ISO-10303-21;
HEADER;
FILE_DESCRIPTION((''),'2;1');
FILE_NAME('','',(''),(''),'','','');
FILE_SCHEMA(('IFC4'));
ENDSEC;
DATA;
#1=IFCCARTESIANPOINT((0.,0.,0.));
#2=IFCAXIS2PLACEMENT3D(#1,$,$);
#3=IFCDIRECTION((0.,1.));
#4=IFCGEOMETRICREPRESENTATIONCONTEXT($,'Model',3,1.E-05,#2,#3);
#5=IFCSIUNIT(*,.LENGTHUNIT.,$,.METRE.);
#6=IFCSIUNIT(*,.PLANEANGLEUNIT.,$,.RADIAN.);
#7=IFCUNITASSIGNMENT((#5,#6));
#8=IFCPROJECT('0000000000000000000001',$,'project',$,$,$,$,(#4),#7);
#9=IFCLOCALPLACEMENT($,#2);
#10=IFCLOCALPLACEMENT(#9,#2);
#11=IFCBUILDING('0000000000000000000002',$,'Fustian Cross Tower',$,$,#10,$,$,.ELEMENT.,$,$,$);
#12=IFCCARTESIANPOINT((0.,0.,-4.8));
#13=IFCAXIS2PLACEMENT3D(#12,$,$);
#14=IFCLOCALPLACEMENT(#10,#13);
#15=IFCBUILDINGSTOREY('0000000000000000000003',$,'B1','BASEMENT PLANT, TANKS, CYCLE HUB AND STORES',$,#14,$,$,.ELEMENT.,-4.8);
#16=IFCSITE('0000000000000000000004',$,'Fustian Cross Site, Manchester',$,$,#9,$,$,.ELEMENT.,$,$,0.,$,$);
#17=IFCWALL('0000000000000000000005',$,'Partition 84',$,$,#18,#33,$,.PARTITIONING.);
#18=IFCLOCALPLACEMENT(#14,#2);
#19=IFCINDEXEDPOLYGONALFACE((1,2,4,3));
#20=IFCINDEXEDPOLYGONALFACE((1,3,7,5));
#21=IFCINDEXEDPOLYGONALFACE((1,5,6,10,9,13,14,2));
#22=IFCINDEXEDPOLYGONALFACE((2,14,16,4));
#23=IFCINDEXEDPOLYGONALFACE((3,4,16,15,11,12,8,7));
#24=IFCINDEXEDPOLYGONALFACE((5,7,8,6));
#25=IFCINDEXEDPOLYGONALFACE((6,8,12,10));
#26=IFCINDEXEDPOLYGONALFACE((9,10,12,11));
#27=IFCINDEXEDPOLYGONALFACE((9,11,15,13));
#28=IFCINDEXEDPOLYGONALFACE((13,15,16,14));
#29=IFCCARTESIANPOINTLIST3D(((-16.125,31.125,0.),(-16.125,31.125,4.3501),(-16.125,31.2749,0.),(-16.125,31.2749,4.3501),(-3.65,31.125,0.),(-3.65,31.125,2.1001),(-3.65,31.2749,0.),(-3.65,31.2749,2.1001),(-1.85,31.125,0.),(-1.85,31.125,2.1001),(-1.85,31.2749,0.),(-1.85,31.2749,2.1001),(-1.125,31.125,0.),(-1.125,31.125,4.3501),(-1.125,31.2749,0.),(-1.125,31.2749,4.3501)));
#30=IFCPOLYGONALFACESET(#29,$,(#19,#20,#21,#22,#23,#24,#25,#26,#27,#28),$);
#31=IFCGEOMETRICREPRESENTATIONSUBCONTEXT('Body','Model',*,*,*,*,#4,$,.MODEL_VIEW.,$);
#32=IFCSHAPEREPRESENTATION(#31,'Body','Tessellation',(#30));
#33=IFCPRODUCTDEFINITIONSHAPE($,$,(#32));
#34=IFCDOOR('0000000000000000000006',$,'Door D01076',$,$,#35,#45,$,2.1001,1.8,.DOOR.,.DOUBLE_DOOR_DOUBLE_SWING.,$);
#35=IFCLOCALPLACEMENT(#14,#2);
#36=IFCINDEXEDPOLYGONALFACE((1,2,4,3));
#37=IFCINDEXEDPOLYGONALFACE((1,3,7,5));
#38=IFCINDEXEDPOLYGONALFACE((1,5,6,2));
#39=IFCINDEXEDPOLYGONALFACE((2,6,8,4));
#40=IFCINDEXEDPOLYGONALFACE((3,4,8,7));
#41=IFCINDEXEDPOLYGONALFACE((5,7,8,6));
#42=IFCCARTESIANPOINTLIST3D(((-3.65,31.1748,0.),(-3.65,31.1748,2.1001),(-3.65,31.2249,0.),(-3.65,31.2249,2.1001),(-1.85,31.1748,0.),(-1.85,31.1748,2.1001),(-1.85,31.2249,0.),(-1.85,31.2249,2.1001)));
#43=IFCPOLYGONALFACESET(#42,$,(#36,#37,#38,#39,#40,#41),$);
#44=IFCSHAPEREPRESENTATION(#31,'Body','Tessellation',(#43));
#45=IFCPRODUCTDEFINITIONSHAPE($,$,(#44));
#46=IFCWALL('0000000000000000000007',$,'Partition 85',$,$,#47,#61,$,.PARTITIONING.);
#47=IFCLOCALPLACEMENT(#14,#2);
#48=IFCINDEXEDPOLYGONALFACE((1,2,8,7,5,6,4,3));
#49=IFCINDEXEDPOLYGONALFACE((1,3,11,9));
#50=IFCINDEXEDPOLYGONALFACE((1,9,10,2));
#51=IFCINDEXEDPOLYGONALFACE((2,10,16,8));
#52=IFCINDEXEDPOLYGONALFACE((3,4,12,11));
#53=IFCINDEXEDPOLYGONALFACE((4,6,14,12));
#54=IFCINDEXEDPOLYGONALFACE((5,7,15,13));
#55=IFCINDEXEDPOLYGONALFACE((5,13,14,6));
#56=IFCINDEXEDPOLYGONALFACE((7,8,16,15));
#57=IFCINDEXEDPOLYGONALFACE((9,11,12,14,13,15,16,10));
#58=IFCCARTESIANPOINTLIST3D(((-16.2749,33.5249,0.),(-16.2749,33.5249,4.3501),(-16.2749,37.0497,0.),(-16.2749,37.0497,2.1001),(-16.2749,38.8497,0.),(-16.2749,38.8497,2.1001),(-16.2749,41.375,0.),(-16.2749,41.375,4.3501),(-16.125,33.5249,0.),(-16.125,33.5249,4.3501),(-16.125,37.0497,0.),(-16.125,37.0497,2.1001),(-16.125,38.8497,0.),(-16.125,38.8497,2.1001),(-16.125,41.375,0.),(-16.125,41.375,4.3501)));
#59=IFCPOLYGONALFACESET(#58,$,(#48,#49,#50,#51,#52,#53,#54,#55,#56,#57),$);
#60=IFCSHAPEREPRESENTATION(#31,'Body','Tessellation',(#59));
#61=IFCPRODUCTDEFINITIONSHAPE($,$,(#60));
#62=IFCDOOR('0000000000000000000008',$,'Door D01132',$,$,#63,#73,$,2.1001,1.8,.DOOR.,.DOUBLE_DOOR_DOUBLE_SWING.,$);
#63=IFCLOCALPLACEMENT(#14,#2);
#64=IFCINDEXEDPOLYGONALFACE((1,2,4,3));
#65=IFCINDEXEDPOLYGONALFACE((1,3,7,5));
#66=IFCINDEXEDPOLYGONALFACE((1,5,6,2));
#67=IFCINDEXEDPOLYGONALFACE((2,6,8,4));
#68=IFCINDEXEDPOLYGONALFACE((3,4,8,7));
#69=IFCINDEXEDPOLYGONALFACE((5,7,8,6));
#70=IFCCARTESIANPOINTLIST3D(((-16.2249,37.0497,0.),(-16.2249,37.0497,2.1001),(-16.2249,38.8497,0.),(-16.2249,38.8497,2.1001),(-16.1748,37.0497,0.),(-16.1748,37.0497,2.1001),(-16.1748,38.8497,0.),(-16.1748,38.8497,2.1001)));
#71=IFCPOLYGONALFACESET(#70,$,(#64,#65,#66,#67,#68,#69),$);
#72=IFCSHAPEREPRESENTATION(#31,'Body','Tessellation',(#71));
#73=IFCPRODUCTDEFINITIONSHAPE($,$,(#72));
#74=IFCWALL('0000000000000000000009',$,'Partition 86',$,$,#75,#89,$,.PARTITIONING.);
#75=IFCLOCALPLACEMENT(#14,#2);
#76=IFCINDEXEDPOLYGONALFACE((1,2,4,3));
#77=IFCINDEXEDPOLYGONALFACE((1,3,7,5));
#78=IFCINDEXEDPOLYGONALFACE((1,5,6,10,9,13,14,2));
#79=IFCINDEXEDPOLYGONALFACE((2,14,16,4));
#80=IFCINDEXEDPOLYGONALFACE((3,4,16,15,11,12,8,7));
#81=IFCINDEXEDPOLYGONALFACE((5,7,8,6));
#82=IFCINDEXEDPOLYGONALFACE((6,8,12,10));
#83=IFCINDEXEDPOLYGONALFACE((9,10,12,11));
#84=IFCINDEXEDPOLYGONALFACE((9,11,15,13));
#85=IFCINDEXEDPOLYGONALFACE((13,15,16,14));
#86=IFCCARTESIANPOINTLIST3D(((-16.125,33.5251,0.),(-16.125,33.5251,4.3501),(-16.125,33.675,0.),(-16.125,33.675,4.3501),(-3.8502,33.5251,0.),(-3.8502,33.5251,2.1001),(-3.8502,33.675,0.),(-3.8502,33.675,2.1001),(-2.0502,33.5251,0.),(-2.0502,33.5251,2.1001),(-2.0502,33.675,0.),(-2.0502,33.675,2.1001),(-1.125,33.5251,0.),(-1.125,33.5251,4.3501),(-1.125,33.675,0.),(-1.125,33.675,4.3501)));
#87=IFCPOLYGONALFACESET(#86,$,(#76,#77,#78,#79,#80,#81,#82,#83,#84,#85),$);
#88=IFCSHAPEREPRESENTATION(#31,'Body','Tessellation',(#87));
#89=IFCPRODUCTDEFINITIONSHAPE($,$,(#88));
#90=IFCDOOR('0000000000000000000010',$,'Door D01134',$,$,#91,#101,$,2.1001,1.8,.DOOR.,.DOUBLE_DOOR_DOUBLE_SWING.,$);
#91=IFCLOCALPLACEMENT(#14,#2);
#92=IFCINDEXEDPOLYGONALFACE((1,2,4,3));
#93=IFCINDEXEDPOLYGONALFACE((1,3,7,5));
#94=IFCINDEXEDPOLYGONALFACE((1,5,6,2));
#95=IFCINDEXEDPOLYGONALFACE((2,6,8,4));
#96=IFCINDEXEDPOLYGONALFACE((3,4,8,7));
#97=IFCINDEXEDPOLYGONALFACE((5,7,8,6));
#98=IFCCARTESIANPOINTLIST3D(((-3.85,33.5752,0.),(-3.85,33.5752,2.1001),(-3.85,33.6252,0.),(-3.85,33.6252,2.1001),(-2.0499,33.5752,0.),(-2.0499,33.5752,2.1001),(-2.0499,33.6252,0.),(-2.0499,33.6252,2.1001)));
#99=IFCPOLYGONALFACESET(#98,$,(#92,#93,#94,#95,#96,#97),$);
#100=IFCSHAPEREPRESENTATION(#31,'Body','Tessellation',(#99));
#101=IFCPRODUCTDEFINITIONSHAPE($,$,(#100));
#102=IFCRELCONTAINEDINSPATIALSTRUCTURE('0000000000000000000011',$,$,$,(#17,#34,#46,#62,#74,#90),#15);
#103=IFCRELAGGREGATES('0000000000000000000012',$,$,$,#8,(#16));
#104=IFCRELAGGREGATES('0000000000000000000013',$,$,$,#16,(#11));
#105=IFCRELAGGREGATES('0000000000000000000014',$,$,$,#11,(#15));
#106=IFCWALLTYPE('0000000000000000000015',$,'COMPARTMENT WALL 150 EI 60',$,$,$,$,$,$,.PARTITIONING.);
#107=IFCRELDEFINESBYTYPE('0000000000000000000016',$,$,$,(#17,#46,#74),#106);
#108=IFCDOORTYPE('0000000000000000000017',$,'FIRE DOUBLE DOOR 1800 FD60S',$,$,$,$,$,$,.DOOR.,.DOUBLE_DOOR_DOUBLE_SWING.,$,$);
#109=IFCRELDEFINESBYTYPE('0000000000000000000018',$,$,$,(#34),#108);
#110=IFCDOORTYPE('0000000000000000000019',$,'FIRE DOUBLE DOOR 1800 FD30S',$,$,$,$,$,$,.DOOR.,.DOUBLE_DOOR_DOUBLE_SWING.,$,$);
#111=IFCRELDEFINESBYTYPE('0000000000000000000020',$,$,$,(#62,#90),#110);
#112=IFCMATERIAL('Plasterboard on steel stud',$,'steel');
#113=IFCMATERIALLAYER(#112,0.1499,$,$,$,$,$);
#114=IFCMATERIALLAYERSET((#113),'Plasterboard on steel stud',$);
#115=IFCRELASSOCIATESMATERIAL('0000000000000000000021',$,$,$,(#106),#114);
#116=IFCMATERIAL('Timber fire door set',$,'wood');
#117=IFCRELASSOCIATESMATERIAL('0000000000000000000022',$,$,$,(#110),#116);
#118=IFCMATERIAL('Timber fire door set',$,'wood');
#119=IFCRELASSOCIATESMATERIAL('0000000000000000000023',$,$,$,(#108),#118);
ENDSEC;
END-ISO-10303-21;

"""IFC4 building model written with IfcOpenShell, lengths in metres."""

from ifc_helpers import new_model, si_unit, direction, frame, frame_2d, origin, place, context, subcontext, project, spatial, rectangle, extrude, material, layer, layer_set, type_object, element, fill, save


model = new_model("IFC4")

# Units and contexts
model_context = context("Model", 3, precision=1e-05, world=origin(), true_north=direction((0.0, 1.0)))
body_context = subcontext(model_context, "Body", "Model", "MODEL_VIEW")
ifc_project = project(units=[si_unit("LENGTHUNIT", "METRE"), si_unit("PLANEANGLEUNIT", "RADIAN")], contexts=[model_context])

# Site, building, storey
site_placement = place(None, origin())
site = spatial("IfcSite", under=ifc_project, at=site_placement, Name="Fustian Cross Site, Manchester", CompositionType="ELEMENT", RefElevation=0.0)
building_placement = place(site_placement, origin())
building = spatial("IfcBuilding", under=site, at=building_placement, Name="Fustian Cross Tower", CompositionType="ELEMENT")
storey_placement = place(building_placement, frame((0.0, 0.0, -4.8)))
storey = spatial("IfcBuildingStorey", under=building, at=storey_placement, Name="B1", Description="BASEMENT PLANT, TANKS, CYCLE HUB AND STORES", CompositionType="ELEMENT", Elevation=-4.8)

# Walls, openings, doors
ifc_material_1 = material(Name="Plasterboard on steel stud", Category="steel")
ifc_layer = layer(ifc_material_1, 0.1499)
ifc_layer_set = layer_set([ifc_layer], Name="Plasterboard on steel stud")
wall_type = type_object("IfcWallType", Name="COMPARTMENT WALL 150 EI 60", PredefinedType="PARTITIONING", material=ifc_layer_set)
ifc_material_2 = material(Name="Timber fire door set", Category="wood")
door_type_1 = type_object("IfcDoorType", Name="FIRE DOUBLE DOOR 1800 FD30S", OperationType="DOUBLE_DOOR_DOUBLE_SWING", PredefinedType="DOOR", material=ifc_material_2)
wall_1_placement = place(storey_placement, frame((-16.125, 31.2, 0.0), z_axis=(0.0, 0.0, 1.0), x_axis=(1.0, 0.0, 0.0)))
wall_1 = element("IfcWall", 1, at=wall_1_placement, inside=storey, type_object=wall_type, Name="Partition 84", PredefinedType="PARTITIONING", context=body_context, shape_type="SweptSolid", body=[
    extrude(rectangle(XDim=15.0, YDim=0.1499, at=frame_2d((7.5, 0.0))), origin(), (0.0, 0.0, 1.0), 4.3501),
])
opening_1_placement = place(wall_1_placement, frame((12.4751, 0.0, 0.0)))
opening_1 = element("IfcOpeningElement", 2, at=opening_1_placement, cuts=wall_1, PredefinedType="OPENING", context=body_context, shape_type="SweptSolid", body=[
    extrude(rectangle(XDim=1.8, YDim=2.1001, at=frame_2d((0.8999, 1.05))), frame((0.0, 0.085, 0.0), z_axis=(0.0, -1.0, 0.0), x_axis=(1.0, 0.0, 0.0)), (0.0, 0.0, 1.0), 0.1699),
])
ifc_material_3 = material(Name="Timber fire door set", Category="wood")
door_type_2 = type_object("IfcDoorType", Name="FIRE DOUBLE DOOR 1800 FD60S", OperationType="DOUBLE_DOOR_DOUBLE_SWING", PredefinedType="DOOR", material=ifc_material_3)
door_1_placement = place(opening_1_placement, origin())
door_1 = element("IfcDoor", 3, at=door_1_placement, inside=storey, type_object=door_type_2, Name="Door D01076", OperationType="DOUBLE_DOOR_DOUBLE_SWING", OverallHeight=2.1001, OverallWidth=1.8, PredefinedType="DOOR", context=body_context, shape_type="SweptSolid", body=[
    extrude(rectangle(XDim=1.8, YDim=2.1001, at=frame_2d((0.8999, 1.05))), frame((0.0, 0.0249, 0.0), z_axis=(0.0, -1.0, 0.0), x_axis=(1.0, 0.0, 0.0)), (0.0, 0.0, 1.0), 0.05),
])
fill(opening_1, door_1)
wall_2_placement = place(storey_placement, frame((-16.2, 33.5249, 0.0), z_axis=(0.0, 0.0, 1.0), x_axis=(0.0, 1.0, 0.0)))
wall_2 = element("IfcWall", 4, at=wall_2_placement, inside=storey, type_object=wall_type, Name="Partition 85", PredefinedType="PARTITIONING", context=body_context, shape_type="SweptSolid", body=[
    extrude(rectangle(XDim=7.8501, YDim=0.1499, at=frame_2d((3.925, 0.0))), origin(), (0.0, 0.0, 1.0), 4.3501),
])
opening_2_placement = place(wall_2_placement, frame((3.5249, 0.0, 0.0)))
opening_2 = element("IfcOpeningElement", 5, at=opening_2_placement, cuts=wall_2, PredefinedType="OPENING", context=body_context, shape_type="SweptSolid", body=[
    extrude(rectangle(XDim=1.8, YDim=2.1001, at=frame_2d((0.8999, 1.05))), frame((0.0, 0.085, 0.0), z_axis=(0.0, -1.0, 0.0), x_axis=(1.0, 0.0, 0.0)), (0.0, 0.0, 1.0), 0.1699),
])
door_2_placement = place(opening_2_placement, origin())
door_2 = element("IfcDoor", 6, at=door_2_placement, inside=storey, type_object=door_type_1, Name="Door D01132", OperationType="DOUBLE_DOOR_DOUBLE_SWING", OverallHeight=2.1001, OverallWidth=1.8, PredefinedType="DOOR", context=body_context, shape_type="SweptSolid", body=[
    extrude(rectangle(XDim=1.8, YDim=2.1001, at=frame_2d((0.8999, 1.05))), frame((0.0, 0.0249, 0.0), z_axis=(0.0, -1.0, 0.0), x_axis=(1.0, 0.0, 0.0)), (0.0, 0.0, 1.0), 0.05),
])
fill(opening_2, door_2)
wall_3_placement = place(storey_placement, frame((-16.125, 33.6001, 0.0), z_axis=(0.0, 0.0, 1.0), x_axis=(1.0, 0.0, 0.0)))
wall_3 = element("IfcWall", 7, at=wall_3_placement, inside=storey, type_object=wall_type, Name="Partition 86", PredefinedType="PARTITIONING", context=body_context, shape_type="SweptSolid", body=[
    extrude(rectangle(XDim=15.0, YDim=0.1499, at=frame_2d((7.5, 0.0))), origin(), (0.0, 0.0, 1.0), 4.3501),
])
opening_3_placement = place(wall_3_placement, frame((12.2749, 0.0, 0.0)))
opening_3 = element("IfcOpeningElement", 8, at=opening_3_placement, cuts=wall_3, PredefinedType="OPENING", context=body_context, shape_type="SweptSolid", body=[
    extrude(rectangle(XDim=1.8, YDim=2.1001, at=frame_2d((0.8999, 1.05))), frame((0.0, 0.085, 0.0), z_axis=(0.0, -1.0, 0.0), x_axis=(1.0, 0.0, 0.0)), (0.0, 0.0, 1.0), 0.1699),
])
door_3_placement = place(opening_3_placement, frame((1.8, 0.0, 0.0), z_axis=(0.0, 0.0, 1.0), x_axis=(-1.0, 0.0, 0.0)))
door_3 = element("IfcDoor", 9, at=door_3_placement, inside=storey, type_object=door_type_1, Name="Door D01134", OperationType="DOUBLE_DOOR_DOUBLE_SWING", OverallHeight=2.1001, OverallWidth=1.8, PredefinedType="DOOR", context=body_context, shape_type="SweptSolid", body=[
    extrude(rectangle(XDim=1.8, YDim=2.1001, at=frame_2d((0.8999, 1.05))), frame((0.0, 0.0249, 0.0), z_axis=(0.0, -1.0, 0.0), x_axis=(1.0, 0.0, 0.0)), (0.0, 0.0, 1.0), 0.05),
])
fill(opening_3, door_3)

save(model, "model.ifc")
